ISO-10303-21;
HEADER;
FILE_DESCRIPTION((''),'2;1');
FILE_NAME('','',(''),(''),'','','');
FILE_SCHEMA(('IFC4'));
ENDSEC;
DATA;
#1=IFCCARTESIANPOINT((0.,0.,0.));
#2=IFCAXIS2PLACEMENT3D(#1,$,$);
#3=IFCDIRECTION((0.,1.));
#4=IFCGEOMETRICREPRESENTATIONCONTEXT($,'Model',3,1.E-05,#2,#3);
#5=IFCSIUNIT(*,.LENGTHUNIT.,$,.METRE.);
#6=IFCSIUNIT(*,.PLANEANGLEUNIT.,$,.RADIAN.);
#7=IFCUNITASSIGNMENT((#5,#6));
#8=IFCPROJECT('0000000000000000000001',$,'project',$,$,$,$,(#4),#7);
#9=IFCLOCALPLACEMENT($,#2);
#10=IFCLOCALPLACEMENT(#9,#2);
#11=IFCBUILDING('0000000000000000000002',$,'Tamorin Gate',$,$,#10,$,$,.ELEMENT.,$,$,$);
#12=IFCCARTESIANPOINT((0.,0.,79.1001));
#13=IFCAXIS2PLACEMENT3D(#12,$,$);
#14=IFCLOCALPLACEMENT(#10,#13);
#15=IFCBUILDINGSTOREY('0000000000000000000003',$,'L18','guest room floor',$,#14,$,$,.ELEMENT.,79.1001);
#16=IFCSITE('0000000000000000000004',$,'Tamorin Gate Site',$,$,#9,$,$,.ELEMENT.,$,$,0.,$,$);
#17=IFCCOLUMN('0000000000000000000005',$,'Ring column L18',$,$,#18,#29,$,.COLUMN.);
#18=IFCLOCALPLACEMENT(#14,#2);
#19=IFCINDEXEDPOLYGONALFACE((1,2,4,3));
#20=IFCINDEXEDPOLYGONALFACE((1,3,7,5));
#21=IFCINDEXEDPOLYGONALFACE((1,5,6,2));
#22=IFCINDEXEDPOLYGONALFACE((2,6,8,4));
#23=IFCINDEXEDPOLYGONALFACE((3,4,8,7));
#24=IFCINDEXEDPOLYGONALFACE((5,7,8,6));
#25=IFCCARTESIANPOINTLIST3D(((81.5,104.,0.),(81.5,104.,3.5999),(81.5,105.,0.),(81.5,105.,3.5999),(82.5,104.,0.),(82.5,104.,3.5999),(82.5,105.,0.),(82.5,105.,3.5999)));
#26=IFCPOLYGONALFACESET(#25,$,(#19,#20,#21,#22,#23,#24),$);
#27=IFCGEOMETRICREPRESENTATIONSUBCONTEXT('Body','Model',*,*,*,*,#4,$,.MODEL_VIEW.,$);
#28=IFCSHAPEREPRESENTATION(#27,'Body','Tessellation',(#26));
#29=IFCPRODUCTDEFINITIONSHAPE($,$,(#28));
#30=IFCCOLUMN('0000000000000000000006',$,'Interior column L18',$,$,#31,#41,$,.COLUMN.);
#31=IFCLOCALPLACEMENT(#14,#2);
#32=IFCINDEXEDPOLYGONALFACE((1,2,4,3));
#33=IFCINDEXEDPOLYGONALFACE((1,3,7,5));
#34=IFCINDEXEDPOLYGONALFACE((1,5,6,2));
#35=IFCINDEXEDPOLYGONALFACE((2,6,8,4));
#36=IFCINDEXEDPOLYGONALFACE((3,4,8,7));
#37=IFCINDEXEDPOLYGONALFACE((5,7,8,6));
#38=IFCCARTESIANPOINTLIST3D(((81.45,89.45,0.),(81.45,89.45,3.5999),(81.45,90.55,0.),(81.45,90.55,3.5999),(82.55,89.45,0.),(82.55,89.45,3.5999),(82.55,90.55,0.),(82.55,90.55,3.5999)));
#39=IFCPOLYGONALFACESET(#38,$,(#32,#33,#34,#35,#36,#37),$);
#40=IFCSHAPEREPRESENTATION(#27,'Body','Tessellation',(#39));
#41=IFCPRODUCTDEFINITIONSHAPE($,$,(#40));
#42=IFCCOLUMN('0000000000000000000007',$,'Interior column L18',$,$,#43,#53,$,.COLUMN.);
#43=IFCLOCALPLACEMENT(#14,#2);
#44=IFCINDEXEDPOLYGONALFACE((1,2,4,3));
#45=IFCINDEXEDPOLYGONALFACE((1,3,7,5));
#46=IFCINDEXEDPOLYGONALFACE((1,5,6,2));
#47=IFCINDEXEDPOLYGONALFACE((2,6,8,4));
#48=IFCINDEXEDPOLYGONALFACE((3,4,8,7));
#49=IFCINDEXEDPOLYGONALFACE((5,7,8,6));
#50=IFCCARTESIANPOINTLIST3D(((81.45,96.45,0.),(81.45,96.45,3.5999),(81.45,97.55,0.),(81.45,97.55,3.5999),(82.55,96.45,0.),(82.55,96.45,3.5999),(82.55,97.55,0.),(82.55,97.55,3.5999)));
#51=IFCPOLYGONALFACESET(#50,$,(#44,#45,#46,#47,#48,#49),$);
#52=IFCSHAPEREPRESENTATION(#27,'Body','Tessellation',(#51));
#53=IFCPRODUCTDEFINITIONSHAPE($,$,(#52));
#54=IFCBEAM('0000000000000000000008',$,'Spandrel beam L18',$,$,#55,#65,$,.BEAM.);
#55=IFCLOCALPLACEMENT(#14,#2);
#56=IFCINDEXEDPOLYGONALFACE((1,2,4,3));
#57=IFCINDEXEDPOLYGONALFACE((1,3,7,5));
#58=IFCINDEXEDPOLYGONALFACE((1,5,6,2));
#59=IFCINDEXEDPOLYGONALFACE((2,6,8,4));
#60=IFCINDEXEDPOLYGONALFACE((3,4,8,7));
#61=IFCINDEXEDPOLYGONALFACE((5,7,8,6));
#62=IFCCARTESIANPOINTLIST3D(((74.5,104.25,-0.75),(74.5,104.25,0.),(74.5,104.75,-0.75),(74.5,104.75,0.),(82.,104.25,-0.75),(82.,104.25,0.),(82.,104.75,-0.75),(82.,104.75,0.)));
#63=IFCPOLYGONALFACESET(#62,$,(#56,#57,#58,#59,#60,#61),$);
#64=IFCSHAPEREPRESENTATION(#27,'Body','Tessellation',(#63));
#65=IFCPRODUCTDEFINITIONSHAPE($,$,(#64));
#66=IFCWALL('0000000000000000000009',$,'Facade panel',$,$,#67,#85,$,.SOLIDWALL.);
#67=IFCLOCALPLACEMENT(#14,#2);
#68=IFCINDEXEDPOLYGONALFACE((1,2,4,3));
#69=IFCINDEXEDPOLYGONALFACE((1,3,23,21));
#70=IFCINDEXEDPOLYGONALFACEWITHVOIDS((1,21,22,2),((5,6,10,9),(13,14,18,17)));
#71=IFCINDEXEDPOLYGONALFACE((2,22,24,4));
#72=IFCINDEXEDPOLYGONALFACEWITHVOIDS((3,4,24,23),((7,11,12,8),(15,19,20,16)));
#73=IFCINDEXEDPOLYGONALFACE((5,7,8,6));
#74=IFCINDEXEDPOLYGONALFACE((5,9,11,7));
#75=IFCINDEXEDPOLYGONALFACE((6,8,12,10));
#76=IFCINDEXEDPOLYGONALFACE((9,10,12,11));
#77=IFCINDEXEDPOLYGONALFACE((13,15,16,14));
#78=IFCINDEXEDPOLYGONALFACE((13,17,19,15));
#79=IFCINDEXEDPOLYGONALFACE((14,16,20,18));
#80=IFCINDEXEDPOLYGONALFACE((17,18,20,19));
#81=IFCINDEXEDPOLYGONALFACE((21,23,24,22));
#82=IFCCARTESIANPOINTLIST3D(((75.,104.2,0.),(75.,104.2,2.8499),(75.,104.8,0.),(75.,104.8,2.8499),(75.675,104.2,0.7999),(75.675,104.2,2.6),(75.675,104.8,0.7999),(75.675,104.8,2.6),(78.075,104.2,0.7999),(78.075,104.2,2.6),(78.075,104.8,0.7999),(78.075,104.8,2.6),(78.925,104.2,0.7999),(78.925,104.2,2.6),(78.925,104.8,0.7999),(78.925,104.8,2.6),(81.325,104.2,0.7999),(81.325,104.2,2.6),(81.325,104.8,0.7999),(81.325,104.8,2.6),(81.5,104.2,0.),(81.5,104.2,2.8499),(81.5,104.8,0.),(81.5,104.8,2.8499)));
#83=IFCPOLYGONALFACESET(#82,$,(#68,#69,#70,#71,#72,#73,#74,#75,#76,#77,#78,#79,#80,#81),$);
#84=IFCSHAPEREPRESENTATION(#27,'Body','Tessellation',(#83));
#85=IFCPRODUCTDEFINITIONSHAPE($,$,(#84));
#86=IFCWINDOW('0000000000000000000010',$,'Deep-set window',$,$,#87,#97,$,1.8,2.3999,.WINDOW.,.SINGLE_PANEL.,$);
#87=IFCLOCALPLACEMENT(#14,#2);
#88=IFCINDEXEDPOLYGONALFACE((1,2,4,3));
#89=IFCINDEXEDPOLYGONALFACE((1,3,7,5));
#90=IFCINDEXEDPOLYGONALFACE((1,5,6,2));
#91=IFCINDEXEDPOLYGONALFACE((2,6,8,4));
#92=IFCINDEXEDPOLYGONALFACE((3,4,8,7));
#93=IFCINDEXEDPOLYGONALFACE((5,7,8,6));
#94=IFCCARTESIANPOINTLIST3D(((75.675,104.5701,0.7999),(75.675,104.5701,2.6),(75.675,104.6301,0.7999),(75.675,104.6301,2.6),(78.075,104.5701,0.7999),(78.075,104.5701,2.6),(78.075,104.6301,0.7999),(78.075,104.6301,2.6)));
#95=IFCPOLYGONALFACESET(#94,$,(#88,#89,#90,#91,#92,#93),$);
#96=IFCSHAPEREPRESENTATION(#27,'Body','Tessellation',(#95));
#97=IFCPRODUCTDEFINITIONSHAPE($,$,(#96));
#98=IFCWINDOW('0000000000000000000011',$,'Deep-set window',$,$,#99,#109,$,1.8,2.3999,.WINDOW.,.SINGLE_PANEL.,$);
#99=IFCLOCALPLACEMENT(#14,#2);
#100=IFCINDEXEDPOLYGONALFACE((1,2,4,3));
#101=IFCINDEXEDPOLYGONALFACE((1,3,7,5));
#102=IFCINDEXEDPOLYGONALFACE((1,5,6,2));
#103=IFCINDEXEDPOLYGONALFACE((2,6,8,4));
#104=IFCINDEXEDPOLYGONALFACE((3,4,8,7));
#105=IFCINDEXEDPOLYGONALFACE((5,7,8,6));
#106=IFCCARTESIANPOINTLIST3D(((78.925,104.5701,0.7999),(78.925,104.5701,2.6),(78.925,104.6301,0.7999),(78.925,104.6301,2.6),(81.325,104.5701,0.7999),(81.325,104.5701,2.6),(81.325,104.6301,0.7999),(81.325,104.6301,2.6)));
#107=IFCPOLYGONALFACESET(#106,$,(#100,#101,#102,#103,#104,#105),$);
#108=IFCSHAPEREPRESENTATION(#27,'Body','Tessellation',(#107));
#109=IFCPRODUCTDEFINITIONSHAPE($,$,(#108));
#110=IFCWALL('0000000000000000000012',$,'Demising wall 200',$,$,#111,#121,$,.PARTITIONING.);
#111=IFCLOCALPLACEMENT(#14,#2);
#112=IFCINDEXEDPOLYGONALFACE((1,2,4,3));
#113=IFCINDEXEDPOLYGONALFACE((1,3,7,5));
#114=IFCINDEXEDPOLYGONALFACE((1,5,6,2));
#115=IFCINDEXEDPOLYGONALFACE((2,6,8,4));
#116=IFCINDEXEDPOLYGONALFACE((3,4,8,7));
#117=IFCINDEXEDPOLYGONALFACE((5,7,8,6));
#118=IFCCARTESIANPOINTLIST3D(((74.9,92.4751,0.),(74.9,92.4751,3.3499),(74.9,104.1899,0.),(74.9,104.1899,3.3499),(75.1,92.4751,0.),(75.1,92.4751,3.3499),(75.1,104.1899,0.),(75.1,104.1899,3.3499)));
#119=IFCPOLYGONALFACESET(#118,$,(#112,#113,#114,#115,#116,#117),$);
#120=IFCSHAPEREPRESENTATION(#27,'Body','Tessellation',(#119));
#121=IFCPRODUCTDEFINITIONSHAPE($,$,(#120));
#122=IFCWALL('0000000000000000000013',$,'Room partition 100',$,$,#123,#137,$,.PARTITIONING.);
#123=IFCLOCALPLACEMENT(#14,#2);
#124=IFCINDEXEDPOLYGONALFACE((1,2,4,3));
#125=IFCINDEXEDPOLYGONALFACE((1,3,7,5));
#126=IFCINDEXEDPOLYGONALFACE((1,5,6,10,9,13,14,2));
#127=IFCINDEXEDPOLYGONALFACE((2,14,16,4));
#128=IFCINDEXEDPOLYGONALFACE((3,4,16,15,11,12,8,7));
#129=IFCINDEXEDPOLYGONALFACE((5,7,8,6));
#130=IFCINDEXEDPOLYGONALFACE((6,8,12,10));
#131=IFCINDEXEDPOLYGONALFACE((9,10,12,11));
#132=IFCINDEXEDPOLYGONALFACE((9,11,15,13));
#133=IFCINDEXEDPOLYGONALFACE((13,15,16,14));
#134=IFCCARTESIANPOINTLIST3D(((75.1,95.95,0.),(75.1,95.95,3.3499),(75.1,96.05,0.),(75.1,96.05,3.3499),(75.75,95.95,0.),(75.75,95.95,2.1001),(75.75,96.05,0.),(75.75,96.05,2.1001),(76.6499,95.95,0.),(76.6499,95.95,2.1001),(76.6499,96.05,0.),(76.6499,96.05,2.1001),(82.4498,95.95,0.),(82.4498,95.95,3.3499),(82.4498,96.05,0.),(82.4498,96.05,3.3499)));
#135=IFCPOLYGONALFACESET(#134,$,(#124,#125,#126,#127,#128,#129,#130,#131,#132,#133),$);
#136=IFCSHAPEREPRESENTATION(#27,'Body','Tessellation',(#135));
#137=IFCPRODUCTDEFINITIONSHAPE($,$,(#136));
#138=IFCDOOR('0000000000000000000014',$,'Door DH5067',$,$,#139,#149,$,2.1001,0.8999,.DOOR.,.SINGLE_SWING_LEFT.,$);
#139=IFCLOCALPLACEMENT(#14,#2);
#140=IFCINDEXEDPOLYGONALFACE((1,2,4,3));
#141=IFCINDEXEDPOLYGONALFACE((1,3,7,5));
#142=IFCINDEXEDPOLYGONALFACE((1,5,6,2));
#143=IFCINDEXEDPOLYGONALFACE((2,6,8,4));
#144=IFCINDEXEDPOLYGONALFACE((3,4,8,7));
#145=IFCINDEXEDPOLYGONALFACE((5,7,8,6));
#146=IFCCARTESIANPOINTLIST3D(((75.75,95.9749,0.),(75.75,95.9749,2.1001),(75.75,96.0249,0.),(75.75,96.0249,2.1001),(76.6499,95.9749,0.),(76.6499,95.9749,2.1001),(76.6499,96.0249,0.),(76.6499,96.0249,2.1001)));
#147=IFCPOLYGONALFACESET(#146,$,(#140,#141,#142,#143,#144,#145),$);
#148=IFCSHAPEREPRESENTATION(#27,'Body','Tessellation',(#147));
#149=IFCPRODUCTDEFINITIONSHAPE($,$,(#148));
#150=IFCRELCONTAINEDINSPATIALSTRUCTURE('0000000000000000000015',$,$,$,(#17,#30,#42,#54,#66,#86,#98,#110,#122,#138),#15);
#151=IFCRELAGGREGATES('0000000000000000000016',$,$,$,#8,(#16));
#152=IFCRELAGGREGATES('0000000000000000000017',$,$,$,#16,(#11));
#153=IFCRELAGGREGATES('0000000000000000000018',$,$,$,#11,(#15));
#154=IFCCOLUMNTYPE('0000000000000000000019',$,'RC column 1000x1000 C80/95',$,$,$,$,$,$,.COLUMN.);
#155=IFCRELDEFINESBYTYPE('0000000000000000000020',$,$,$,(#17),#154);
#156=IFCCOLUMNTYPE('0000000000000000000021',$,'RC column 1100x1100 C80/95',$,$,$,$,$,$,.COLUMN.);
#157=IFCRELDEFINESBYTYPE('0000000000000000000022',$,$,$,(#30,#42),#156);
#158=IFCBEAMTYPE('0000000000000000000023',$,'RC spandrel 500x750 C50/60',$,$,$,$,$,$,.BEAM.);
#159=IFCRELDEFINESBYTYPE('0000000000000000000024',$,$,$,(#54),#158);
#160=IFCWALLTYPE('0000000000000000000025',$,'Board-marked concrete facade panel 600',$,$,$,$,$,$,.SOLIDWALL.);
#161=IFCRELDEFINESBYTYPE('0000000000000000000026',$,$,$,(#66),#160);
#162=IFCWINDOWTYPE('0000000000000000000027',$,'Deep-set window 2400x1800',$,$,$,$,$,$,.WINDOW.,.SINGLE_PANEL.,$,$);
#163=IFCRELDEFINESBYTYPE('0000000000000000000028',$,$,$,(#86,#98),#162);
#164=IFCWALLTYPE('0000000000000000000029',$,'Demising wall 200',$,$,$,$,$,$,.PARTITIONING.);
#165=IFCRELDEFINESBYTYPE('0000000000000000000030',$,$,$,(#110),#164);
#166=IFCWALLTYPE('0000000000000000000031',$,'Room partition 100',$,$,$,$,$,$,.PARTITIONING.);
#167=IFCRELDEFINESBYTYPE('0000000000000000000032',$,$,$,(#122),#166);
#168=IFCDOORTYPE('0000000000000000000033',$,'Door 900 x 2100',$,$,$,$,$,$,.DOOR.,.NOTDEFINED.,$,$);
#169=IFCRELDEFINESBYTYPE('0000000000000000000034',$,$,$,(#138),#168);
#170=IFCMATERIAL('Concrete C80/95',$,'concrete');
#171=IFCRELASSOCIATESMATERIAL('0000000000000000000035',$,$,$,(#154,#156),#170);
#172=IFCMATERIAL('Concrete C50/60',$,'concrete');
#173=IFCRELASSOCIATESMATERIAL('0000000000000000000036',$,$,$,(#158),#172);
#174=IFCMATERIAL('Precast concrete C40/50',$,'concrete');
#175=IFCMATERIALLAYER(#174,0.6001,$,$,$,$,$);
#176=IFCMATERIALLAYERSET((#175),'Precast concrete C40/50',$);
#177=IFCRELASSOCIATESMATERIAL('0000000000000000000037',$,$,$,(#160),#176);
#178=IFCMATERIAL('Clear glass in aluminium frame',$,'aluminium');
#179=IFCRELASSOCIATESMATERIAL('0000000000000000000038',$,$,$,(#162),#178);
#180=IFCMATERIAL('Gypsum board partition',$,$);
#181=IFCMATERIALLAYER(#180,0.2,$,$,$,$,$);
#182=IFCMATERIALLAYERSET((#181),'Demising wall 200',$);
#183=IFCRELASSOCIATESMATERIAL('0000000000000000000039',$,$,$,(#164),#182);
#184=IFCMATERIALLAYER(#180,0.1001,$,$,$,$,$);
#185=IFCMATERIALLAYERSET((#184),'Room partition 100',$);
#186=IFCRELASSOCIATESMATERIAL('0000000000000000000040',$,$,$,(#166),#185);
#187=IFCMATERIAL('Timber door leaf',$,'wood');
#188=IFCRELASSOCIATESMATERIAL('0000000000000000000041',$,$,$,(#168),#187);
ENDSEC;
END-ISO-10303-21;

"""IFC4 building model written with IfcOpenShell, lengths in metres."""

from ifc_helpers import new_model, si_unit, direction, frame, frame_2d, origin, origin_2d, place, context, subcontext, project, spatial, rectangle, extrude, material, layer, layer_set, material_profile, profile_set, type_object, element, fill, save


model = new_model("IFC4")

# Units and contexts
model_context = context("Model", 3, precision=1e-05, world=origin(), true_north=direction((0.0, 1.0)))
body_context = subcontext(model_context, "Body", "Model", "MODEL_VIEW")
ifc_project = project(units=[si_unit("LENGTHUNIT", "METRE"), si_unit("PLANEANGLEUNIT", "RADIAN")], contexts=[model_context])

# Site, building, storey
site_placement = place(None, origin())
site = spatial("IfcSite", under=ifc_project, at=site_placement, Name="Tamorin Gate Site", CompositionType="ELEMENT", RefElevation=0.0)
building_placement = place(site_placement, origin())
building = spatial("IfcBuilding", under=site, at=building_placement, Name="Tamorin Gate", CompositionType="ELEMENT")
storey_placement = place(building_placement, frame((0.0, 0.0, 79.1001)))
storey = spatial("IfcBuildingStorey", under=building, at=storey_placement, Name="L18", Description="guest room floor", CompositionType="ELEMENT", Elevation=79.1001)

# Columns
ifc_material_1 = material(Name="Concrete C80/95", Category="concrete")
ifc_material_profile_1 = material_profile(ifc_material_1, rectangle(XDim=1.0, YDim=1.0, at=origin_2d()), Name="RC 1000x1000")
ifc_profile_set_1 = profile_set([ifc_material_profile_1], Name="Concrete C80/95")
column_type_1 = type_object("IfcColumnType", Name="RC column 1000x1000 C80/95", PredefinedType="COLUMN", material=ifc_profile_set_1)
column_placement = place(storey_placement, frame((82.0, 104.5, 0.0), z_axis=(0.0, 0.0, 1.0), x_axis=(1.0, 0.0, 0.0)))
element("IfcColumn", 1, at=column_placement, inside=storey, type_object=column_type_1, Name="Ring column L18", PredefinedType="COLUMN", context=body_context, shape_type="SweptSolid", body=[
    extrude(rectangle(XDim=1.0, YDim=1.0, at=origin_2d()), origin(), (0.0, 0.0, 1.0), 3.5999),
])
ifc_material_profile_2 = material_profile(ifc_material_1, rectangle(XDim=1.1001, YDim=1.1001, at=origin_2d()), Name="RC 1100x1100")
ifc_profile_set_2 = profile_set([ifc_material_profile_2], Name="Concrete C80/95")
column_type_2 = type_object("IfcColumnType", Name="RC column 1100x1100 C80/95", PredefinedType="COLUMN", material=ifc_profile_set_2)
for number, where, z_axis, x_axis, name in (
    (2, (82.0, 90.0, 0.0), (0.0, 0.0, 1.0), (1.0, 0.0, 0.0), "Interior column L18"),
    (3, (82.0, 97.0, 0.0), (0.0, 0.0, 1.0), (1.0, 0.0, 0.0), "Interior column L18"),
):
    element("IfcColumn", number, at=place(storey_placement, frame(where, z_axis=z_axis, x_axis=x_axis)), inside=storey, type_object=column_type_2, Name=name, PredefinedType="COLUMN", context=body_context, shape_type="SweptSolid", body=[
        extrude(rectangle(XDim=1.1001, YDim=1.1001, at=origin_2d()), origin(), (0.0, 0.0, 1.0), 3.5999),
    ])

# Beam
ifc_material_2 = material(Name="Concrete C50/60", Category="concrete")
ifc_material_profile_3 = material_profile(ifc_material_2, rectangle(XDim=0.5, YDim=0.75, at=origin_2d()), Name="RC 500x750")
ifc_profile_set_3 = profile_set([ifc_material_profile_3], Name="Concrete C50/60")
beam_type = type_object("IfcBeamType", Name="RC spandrel 500x750 C50/60", PredefinedType="BEAM", material=ifc_profile_set_3)
beam_placement = place(storey_placement, frame((82.0, 104.5, -0.375), z_axis=(-1.0, 0.0, 0.0), x_axis=(0.0, -1.0, 0.0)))
element("IfcBeam", 4, at=beam_placement, inside=storey, type_object=beam_type, Name="Spandrel beam L18", PredefinedType="BEAM", context=body_context, shape_type="SweptSolid", body=[
    extrude(rectangle(XDim=0.5, YDim=0.75, at=origin_2d()), origin(), (0.0, 0.0, 1.0), 7.5),
])

# Wall, openings, windows
ifc_material_3 = material(Name="Precast concrete C40/50", Category="concrete")
ifc_layer_1 = layer(ifc_material_3, 0.6001)
ifc_layer_set_1 = layer_set([ifc_layer_1], Name="Precast concrete C40/50")
wall_type_1 = type_object("IfcWallType", Name="Board-marked concrete facade panel 600", PredefinedType="SOLIDWALL", material=ifc_layer_set_1)
wall_1_placement = place(storey_placement, frame((81.5, 104.5, 0.0), z_axis=(0.0, 0.0, 1.0), x_axis=(-1.0, 0.0, 0.0)))
wall_1 = element("IfcWall", 5, at=wall_1_placement, inside=storey, type_object=wall_type_1, Name="Facade panel", PredefinedType="SOLIDWALL", context=body_context, shape_type="SweptSolid", body=[
    extrude(rectangle(XDim=6.5, YDim=0.6001, at=frame_2d((3.25, 0.0))), origin(), (0.0, 0.0, 1.0), 2.8499),
])
opening_1_placement = place(wall_1_placement, frame((3.425, 0.0, 0.8)))
opening_1 = element("IfcOpeningElement", 6, at=opening_1_placement, cuts=wall_1, PredefinedType="OPENING", context=body_context, shape_type="SweptSolid", body=[
    extrude(rectangle(XDim=2.3999, YDim=1.8, at=frame_2d((1.2, 0.8999))), frame((0.0, 0.3101, 0.0), z_axis=(0.0, -1.0, 0.0), x_axis=(1.0, 0.0, 0.0)), (0.0, 0.0, 1.0), 0.6201),
])
opening_2_placement = place(wall_1_placement, frame((0.175, 0.0, 0.8)))
opening_2 = element("IfcOpeningElement", 7, at=opening_2_placement, cuts=wall_1, PredefinedType="OPENING", context=body_context, shape_type="SweptSolid", body=[
    extrude(rectangle(XDim=2.3999, YDim=1.8, at=frame_2d((1.2, 0.8999))), frame((0.0, 0.3101, 0.0), z_axis=(0.0, -1.0, 0.0), x_axis=(1.0, 0.0, 0.0)), (0.0, 0.0, 1.0), 0.6201),
])
ifc_material_4 = material(Name="Clear glass in aluminium frame", Category="aluminium")
window_type = type_object("IfcWindowType", Name="Deep-set window 2400x1800", PartitioningType="SINGLE_PANEL", PredefinedType="WINDOW", material=ifc_material_4)
window_1_placement = place(opening_1_placement, origin())
window_1 = element("IfcWindow", 8, at=window_1_placement, inside=storey, type_object=window_type, Name="Deep-set window", OverallHeight=1.8, OverallWidth=2.3999, PartitioningType="SINGLE_PANEL", PredefinedType="WINDOW", context=body_context, shape_type="SweptSolid", body=[
    extrude(rectangle(XDim=2.3999, YDim=1.8, at=frame_2d((1.2, 0.8999))), frame((0.0, -0.0701, 0.0), z_axis=(0.0, -1.0, 0.0), x_axis=(1.0, 0.0, 0.0)), (0.0, 0.0, 1.0), 0.0601),
])
fill(opening_1, window_1)
window_2_placement = place(opening_2_placement, origin())
window_2 = element("IfcWindow", 9, at=window_2_placement, inside=storey, type_object=window_type, Name="Deep-set window", OverallHeight=1.8, OverallWidth=2.3999, PartitioningType="SINGLE_PANEL", PredefinedType="WINDOW", context=body_context, shape_type="SweptSolid", body=[
    extrude(rectangle(XDim=2.3999, YDim=1.8, at=frame_2d((1.2, 0.8999))), frame((0.0, -0.0701, 0.0), z_axis=(0.0, -1.0, 0.0), x_axis=(1.0, 0.0, 0.0)), (0.0, 0.0, 1.0), 0.0601),
])
fill(opening_2, window_2)

# Wall
ifc_material_5 = material(Name="Gypsum board partition")
ifc_layer_2 = layer(ifc_material_5, 0.2)
ifc_layer_set_2 = layer_set([ifc_layer_2], Name="Demising wall 200")
wall_type_2 = type_object("IfcWallType", Name="Demising wall 200", PredefinedType="PARTITIONING", material=ifc_layer_set_2)
wall_2_placement = place(storey_placement, frame((75.0, 92.4751, 0.0), z_axis=(0.0, 0.0, 1.0), x_axis=(0.0, 1.0, 0.0)))
element("IfcWall", 10, at=wall_2_placement, inside=storey, type_object=wall_type_2, Name="Demising wall 200", PredefinedType="PARTITIONING", context=body_context, shape_type="SweptSolid", body=[
    extrude(rectangle(XDim=11.7148, YDim=0.2, at=frame_2d((5.8574, 0.0))), origin(), (0.0, 0.0, 1.0), 3.3499),
])

# Wall, opening, door
ifc_layer_3 = layer(ifc_material_5, 0.1001)
ifc_layer_set_3 = layer_set([ifc_layer_3], Name="Room partition 100")
wall_type_3 = type_object("IfcWallType", Name="Room partition 100", PredefinedType="PARTITIONING", material=ifc_layer_set_3)
wall_3_placement = place(storey_placement, frame((75.1001, 96.0, 0.0), z_axis=(0.0, 0.0, 1.0), x_axis=(1.0, 0.0, 0.0)))
wall_3 = element("IfcWall", 11, at=wall_3_placement, inside=storey, type_object=wall_type_3, Name="Room partition 100", PredefinedType="PARTITIONING", context=body_context, shape_type="SweptSolid", body=[
    extrude(rectangle(XDim=7.3499, YDim=0.1001, at=frame_2d((3.6748, 0.0))), origin(), (0.0, 0.0, 1.0), 3.3499),
])
opening_3_placement = place(wall_3_placement, frame((0.6499, 0.0, 0.0)))
opening_3 = element("IfcOpeningElement", 12, at=opening_3_placement, cuts=wall_3, PredefinedType="OPENING", context=body_context, shape_type="SweptSolid", body=[
    extrude(rectangle(XDim=0.8999, YDim=2.1001, at=frame_2d((0.45, 1.05))), frame((0.0, 0.0601, 0.0), z_axis=(0.0, -1.0, 0.0), x_axis=(1.0, 0.0, 0.0)), (0.0, 0.0, 1.0), 0.1201),
])
ifc_material_6 = material(Name="Timber door leaf", Category="wood")
door_type = type_object("IfcDoorType", Name="Door 900 x 2100", OperationType="NOTDEFINED", PredefinedType="DOOR", material=ifc_material_6)
door_1_placement = place(opening_3_placement, origin())
door_1 = element("IfcDoor", 13, at=door_1_placement, inside=storey, type_object=door_type, Name="Door DH5067", OperationType="SINGLE_SWING_LEFT", OverallHeight=2.1001, OverallWidth=0.8999, PredefinedType="DOOR", context=body_context, shape_type="SweptSolid", body=[
    extrude(rectangle(XDim=0.8999, YDim=2.1001, at=frame_2d((0.45, 1.05))), frame((0.0, 0.0249, 0.0), z_axis=(0.0, -1.0, 0.0), x_axis=(1.0, 0.0, 0.0)), (0.0, 0.0, 1.0), 0.05),
])
fill(opening_3, door_1)

save(model, "model.ifc")
